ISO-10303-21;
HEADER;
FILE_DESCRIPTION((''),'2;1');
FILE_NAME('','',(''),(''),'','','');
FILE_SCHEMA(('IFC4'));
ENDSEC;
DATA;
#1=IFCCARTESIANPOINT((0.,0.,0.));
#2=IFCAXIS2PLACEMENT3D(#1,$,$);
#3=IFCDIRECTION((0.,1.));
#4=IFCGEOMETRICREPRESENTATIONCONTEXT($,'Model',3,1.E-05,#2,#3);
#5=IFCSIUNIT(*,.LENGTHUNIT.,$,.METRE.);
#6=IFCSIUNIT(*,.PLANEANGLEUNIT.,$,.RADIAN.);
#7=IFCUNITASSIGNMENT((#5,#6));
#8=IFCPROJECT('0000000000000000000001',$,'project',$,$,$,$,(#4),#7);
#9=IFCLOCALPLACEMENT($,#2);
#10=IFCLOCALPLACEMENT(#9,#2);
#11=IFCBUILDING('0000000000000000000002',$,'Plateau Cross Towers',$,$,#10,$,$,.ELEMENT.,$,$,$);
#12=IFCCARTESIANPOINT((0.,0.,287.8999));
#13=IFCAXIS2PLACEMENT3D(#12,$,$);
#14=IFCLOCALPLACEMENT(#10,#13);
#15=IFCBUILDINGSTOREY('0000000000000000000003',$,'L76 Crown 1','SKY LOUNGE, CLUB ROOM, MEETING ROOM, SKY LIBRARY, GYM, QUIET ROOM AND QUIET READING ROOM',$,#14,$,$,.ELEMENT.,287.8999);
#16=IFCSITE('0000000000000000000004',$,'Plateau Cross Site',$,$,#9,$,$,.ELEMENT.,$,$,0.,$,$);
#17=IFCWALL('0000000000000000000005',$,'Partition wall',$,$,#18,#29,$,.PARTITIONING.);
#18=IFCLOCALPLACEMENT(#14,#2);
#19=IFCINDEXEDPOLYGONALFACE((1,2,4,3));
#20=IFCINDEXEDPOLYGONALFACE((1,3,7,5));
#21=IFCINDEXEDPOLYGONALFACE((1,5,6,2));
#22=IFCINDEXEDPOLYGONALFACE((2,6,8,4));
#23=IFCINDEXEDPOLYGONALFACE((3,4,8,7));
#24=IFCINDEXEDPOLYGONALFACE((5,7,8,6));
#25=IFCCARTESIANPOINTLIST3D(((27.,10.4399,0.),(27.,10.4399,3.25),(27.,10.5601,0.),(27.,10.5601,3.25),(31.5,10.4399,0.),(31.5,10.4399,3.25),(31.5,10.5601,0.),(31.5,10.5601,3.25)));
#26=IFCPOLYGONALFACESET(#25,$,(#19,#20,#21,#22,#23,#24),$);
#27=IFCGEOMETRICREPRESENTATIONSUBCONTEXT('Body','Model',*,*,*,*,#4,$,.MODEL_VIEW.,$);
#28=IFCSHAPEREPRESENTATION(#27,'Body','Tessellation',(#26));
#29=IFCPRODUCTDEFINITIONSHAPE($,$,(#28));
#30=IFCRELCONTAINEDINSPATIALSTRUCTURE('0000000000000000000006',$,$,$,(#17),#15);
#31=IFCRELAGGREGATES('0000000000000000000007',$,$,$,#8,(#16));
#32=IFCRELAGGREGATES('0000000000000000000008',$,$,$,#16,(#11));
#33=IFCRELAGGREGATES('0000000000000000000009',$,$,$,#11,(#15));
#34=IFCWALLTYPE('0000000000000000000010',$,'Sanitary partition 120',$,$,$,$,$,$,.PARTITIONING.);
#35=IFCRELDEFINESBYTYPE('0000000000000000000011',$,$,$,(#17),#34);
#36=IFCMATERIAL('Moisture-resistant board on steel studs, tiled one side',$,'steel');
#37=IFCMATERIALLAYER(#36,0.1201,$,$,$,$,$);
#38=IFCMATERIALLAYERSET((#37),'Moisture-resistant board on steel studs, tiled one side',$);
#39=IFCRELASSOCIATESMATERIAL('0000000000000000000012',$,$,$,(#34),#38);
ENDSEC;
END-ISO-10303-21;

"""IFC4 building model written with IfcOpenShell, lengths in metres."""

from ifc_helpers import new_model, si_unit, direction, frame, frame_2d, origin, place, context, subcontext, project, spatial, rectangle, extrude, material, layer, layer_set, type_object, element, save


model = new_model("IFC4")

# Units and contexts
model_context = context("Model", 3, precision=1e-05, world=origin(), true_north=direction((0.0, 1.0)))
body_context = subcontext(model_context, "Body", "Model", "MODEL_VIEW")
ifc_project = project(units=[si_unit("LENGTHUNIT", "METRE"), si_unit("PLANEANGLEUNIT", "RADIAN")], contexts=[model_context])

# Site, building, storey
site_placement = place(None, origin())
site = spatial("IfcSite", under=ifc_project, at=site_placement, Name="Plateau Cross Site", CompositionType="ELEMENT", RefElevation=0.0)
building_placement = place(site_placement, origin())
building = spatial("IfcBuilding", under=site, at=building_placement, Name="Plateau Cross Towers", CompositionType="ELEMENT")
storey_placement = place(building_placement, frame((0.0, 0.0, 287.8999)))
storey = spatial("IfcBuildingStorey", under=building, at=storey_placement, Name="L76 Crown 1", Description="SKY LOUNGE, CLUB ROOM, MEETING ROOM, SKY LIBRARY, GYM, QUIET ROOM AND QUIET READING ROOM", CompositionType="ELEMENT", Elevation=287.8999)

# Shared definitions
ifc_material_1 = material(Name="Moisture-resistant board on steel studs, tiled one side", Category="steel")
ifc_layer_1 = layer(ifc_material_1, 0.1201)
ifc_layer_set_1 = layer_set([ifc_layer_1], Name="Moisture-resistant board on steel studs, tiled one side")
wall_type_1 = type_object("IfcWallType", Name="Sanitary partition 120", PredefinedType="PARTITIONING", material=ifc_layer_set_1)

# Wall
wall_1_placement = place(storey_placement, frame((27.0, 10.5, 0.0), z_axis=(0.0, 0.0, 1.0), x_axis=(1.0, 0.0, 0.0)))
element("IfcWall", 1, at=wall_1_placement, inside=storey, type_object=wall_type_1, Name="Partition wall", PredefinedType="PARTITIONING", context=body_context, shape_type="SweptSolid", body=[
    extrude(rectangle(XDim=4.5, YDim=0.1201, at=frame_2d((2.25, 0.0))), origin(), (0.0, 0.0, 1.0), 3.25),
])

save(model, "model.ifc")
